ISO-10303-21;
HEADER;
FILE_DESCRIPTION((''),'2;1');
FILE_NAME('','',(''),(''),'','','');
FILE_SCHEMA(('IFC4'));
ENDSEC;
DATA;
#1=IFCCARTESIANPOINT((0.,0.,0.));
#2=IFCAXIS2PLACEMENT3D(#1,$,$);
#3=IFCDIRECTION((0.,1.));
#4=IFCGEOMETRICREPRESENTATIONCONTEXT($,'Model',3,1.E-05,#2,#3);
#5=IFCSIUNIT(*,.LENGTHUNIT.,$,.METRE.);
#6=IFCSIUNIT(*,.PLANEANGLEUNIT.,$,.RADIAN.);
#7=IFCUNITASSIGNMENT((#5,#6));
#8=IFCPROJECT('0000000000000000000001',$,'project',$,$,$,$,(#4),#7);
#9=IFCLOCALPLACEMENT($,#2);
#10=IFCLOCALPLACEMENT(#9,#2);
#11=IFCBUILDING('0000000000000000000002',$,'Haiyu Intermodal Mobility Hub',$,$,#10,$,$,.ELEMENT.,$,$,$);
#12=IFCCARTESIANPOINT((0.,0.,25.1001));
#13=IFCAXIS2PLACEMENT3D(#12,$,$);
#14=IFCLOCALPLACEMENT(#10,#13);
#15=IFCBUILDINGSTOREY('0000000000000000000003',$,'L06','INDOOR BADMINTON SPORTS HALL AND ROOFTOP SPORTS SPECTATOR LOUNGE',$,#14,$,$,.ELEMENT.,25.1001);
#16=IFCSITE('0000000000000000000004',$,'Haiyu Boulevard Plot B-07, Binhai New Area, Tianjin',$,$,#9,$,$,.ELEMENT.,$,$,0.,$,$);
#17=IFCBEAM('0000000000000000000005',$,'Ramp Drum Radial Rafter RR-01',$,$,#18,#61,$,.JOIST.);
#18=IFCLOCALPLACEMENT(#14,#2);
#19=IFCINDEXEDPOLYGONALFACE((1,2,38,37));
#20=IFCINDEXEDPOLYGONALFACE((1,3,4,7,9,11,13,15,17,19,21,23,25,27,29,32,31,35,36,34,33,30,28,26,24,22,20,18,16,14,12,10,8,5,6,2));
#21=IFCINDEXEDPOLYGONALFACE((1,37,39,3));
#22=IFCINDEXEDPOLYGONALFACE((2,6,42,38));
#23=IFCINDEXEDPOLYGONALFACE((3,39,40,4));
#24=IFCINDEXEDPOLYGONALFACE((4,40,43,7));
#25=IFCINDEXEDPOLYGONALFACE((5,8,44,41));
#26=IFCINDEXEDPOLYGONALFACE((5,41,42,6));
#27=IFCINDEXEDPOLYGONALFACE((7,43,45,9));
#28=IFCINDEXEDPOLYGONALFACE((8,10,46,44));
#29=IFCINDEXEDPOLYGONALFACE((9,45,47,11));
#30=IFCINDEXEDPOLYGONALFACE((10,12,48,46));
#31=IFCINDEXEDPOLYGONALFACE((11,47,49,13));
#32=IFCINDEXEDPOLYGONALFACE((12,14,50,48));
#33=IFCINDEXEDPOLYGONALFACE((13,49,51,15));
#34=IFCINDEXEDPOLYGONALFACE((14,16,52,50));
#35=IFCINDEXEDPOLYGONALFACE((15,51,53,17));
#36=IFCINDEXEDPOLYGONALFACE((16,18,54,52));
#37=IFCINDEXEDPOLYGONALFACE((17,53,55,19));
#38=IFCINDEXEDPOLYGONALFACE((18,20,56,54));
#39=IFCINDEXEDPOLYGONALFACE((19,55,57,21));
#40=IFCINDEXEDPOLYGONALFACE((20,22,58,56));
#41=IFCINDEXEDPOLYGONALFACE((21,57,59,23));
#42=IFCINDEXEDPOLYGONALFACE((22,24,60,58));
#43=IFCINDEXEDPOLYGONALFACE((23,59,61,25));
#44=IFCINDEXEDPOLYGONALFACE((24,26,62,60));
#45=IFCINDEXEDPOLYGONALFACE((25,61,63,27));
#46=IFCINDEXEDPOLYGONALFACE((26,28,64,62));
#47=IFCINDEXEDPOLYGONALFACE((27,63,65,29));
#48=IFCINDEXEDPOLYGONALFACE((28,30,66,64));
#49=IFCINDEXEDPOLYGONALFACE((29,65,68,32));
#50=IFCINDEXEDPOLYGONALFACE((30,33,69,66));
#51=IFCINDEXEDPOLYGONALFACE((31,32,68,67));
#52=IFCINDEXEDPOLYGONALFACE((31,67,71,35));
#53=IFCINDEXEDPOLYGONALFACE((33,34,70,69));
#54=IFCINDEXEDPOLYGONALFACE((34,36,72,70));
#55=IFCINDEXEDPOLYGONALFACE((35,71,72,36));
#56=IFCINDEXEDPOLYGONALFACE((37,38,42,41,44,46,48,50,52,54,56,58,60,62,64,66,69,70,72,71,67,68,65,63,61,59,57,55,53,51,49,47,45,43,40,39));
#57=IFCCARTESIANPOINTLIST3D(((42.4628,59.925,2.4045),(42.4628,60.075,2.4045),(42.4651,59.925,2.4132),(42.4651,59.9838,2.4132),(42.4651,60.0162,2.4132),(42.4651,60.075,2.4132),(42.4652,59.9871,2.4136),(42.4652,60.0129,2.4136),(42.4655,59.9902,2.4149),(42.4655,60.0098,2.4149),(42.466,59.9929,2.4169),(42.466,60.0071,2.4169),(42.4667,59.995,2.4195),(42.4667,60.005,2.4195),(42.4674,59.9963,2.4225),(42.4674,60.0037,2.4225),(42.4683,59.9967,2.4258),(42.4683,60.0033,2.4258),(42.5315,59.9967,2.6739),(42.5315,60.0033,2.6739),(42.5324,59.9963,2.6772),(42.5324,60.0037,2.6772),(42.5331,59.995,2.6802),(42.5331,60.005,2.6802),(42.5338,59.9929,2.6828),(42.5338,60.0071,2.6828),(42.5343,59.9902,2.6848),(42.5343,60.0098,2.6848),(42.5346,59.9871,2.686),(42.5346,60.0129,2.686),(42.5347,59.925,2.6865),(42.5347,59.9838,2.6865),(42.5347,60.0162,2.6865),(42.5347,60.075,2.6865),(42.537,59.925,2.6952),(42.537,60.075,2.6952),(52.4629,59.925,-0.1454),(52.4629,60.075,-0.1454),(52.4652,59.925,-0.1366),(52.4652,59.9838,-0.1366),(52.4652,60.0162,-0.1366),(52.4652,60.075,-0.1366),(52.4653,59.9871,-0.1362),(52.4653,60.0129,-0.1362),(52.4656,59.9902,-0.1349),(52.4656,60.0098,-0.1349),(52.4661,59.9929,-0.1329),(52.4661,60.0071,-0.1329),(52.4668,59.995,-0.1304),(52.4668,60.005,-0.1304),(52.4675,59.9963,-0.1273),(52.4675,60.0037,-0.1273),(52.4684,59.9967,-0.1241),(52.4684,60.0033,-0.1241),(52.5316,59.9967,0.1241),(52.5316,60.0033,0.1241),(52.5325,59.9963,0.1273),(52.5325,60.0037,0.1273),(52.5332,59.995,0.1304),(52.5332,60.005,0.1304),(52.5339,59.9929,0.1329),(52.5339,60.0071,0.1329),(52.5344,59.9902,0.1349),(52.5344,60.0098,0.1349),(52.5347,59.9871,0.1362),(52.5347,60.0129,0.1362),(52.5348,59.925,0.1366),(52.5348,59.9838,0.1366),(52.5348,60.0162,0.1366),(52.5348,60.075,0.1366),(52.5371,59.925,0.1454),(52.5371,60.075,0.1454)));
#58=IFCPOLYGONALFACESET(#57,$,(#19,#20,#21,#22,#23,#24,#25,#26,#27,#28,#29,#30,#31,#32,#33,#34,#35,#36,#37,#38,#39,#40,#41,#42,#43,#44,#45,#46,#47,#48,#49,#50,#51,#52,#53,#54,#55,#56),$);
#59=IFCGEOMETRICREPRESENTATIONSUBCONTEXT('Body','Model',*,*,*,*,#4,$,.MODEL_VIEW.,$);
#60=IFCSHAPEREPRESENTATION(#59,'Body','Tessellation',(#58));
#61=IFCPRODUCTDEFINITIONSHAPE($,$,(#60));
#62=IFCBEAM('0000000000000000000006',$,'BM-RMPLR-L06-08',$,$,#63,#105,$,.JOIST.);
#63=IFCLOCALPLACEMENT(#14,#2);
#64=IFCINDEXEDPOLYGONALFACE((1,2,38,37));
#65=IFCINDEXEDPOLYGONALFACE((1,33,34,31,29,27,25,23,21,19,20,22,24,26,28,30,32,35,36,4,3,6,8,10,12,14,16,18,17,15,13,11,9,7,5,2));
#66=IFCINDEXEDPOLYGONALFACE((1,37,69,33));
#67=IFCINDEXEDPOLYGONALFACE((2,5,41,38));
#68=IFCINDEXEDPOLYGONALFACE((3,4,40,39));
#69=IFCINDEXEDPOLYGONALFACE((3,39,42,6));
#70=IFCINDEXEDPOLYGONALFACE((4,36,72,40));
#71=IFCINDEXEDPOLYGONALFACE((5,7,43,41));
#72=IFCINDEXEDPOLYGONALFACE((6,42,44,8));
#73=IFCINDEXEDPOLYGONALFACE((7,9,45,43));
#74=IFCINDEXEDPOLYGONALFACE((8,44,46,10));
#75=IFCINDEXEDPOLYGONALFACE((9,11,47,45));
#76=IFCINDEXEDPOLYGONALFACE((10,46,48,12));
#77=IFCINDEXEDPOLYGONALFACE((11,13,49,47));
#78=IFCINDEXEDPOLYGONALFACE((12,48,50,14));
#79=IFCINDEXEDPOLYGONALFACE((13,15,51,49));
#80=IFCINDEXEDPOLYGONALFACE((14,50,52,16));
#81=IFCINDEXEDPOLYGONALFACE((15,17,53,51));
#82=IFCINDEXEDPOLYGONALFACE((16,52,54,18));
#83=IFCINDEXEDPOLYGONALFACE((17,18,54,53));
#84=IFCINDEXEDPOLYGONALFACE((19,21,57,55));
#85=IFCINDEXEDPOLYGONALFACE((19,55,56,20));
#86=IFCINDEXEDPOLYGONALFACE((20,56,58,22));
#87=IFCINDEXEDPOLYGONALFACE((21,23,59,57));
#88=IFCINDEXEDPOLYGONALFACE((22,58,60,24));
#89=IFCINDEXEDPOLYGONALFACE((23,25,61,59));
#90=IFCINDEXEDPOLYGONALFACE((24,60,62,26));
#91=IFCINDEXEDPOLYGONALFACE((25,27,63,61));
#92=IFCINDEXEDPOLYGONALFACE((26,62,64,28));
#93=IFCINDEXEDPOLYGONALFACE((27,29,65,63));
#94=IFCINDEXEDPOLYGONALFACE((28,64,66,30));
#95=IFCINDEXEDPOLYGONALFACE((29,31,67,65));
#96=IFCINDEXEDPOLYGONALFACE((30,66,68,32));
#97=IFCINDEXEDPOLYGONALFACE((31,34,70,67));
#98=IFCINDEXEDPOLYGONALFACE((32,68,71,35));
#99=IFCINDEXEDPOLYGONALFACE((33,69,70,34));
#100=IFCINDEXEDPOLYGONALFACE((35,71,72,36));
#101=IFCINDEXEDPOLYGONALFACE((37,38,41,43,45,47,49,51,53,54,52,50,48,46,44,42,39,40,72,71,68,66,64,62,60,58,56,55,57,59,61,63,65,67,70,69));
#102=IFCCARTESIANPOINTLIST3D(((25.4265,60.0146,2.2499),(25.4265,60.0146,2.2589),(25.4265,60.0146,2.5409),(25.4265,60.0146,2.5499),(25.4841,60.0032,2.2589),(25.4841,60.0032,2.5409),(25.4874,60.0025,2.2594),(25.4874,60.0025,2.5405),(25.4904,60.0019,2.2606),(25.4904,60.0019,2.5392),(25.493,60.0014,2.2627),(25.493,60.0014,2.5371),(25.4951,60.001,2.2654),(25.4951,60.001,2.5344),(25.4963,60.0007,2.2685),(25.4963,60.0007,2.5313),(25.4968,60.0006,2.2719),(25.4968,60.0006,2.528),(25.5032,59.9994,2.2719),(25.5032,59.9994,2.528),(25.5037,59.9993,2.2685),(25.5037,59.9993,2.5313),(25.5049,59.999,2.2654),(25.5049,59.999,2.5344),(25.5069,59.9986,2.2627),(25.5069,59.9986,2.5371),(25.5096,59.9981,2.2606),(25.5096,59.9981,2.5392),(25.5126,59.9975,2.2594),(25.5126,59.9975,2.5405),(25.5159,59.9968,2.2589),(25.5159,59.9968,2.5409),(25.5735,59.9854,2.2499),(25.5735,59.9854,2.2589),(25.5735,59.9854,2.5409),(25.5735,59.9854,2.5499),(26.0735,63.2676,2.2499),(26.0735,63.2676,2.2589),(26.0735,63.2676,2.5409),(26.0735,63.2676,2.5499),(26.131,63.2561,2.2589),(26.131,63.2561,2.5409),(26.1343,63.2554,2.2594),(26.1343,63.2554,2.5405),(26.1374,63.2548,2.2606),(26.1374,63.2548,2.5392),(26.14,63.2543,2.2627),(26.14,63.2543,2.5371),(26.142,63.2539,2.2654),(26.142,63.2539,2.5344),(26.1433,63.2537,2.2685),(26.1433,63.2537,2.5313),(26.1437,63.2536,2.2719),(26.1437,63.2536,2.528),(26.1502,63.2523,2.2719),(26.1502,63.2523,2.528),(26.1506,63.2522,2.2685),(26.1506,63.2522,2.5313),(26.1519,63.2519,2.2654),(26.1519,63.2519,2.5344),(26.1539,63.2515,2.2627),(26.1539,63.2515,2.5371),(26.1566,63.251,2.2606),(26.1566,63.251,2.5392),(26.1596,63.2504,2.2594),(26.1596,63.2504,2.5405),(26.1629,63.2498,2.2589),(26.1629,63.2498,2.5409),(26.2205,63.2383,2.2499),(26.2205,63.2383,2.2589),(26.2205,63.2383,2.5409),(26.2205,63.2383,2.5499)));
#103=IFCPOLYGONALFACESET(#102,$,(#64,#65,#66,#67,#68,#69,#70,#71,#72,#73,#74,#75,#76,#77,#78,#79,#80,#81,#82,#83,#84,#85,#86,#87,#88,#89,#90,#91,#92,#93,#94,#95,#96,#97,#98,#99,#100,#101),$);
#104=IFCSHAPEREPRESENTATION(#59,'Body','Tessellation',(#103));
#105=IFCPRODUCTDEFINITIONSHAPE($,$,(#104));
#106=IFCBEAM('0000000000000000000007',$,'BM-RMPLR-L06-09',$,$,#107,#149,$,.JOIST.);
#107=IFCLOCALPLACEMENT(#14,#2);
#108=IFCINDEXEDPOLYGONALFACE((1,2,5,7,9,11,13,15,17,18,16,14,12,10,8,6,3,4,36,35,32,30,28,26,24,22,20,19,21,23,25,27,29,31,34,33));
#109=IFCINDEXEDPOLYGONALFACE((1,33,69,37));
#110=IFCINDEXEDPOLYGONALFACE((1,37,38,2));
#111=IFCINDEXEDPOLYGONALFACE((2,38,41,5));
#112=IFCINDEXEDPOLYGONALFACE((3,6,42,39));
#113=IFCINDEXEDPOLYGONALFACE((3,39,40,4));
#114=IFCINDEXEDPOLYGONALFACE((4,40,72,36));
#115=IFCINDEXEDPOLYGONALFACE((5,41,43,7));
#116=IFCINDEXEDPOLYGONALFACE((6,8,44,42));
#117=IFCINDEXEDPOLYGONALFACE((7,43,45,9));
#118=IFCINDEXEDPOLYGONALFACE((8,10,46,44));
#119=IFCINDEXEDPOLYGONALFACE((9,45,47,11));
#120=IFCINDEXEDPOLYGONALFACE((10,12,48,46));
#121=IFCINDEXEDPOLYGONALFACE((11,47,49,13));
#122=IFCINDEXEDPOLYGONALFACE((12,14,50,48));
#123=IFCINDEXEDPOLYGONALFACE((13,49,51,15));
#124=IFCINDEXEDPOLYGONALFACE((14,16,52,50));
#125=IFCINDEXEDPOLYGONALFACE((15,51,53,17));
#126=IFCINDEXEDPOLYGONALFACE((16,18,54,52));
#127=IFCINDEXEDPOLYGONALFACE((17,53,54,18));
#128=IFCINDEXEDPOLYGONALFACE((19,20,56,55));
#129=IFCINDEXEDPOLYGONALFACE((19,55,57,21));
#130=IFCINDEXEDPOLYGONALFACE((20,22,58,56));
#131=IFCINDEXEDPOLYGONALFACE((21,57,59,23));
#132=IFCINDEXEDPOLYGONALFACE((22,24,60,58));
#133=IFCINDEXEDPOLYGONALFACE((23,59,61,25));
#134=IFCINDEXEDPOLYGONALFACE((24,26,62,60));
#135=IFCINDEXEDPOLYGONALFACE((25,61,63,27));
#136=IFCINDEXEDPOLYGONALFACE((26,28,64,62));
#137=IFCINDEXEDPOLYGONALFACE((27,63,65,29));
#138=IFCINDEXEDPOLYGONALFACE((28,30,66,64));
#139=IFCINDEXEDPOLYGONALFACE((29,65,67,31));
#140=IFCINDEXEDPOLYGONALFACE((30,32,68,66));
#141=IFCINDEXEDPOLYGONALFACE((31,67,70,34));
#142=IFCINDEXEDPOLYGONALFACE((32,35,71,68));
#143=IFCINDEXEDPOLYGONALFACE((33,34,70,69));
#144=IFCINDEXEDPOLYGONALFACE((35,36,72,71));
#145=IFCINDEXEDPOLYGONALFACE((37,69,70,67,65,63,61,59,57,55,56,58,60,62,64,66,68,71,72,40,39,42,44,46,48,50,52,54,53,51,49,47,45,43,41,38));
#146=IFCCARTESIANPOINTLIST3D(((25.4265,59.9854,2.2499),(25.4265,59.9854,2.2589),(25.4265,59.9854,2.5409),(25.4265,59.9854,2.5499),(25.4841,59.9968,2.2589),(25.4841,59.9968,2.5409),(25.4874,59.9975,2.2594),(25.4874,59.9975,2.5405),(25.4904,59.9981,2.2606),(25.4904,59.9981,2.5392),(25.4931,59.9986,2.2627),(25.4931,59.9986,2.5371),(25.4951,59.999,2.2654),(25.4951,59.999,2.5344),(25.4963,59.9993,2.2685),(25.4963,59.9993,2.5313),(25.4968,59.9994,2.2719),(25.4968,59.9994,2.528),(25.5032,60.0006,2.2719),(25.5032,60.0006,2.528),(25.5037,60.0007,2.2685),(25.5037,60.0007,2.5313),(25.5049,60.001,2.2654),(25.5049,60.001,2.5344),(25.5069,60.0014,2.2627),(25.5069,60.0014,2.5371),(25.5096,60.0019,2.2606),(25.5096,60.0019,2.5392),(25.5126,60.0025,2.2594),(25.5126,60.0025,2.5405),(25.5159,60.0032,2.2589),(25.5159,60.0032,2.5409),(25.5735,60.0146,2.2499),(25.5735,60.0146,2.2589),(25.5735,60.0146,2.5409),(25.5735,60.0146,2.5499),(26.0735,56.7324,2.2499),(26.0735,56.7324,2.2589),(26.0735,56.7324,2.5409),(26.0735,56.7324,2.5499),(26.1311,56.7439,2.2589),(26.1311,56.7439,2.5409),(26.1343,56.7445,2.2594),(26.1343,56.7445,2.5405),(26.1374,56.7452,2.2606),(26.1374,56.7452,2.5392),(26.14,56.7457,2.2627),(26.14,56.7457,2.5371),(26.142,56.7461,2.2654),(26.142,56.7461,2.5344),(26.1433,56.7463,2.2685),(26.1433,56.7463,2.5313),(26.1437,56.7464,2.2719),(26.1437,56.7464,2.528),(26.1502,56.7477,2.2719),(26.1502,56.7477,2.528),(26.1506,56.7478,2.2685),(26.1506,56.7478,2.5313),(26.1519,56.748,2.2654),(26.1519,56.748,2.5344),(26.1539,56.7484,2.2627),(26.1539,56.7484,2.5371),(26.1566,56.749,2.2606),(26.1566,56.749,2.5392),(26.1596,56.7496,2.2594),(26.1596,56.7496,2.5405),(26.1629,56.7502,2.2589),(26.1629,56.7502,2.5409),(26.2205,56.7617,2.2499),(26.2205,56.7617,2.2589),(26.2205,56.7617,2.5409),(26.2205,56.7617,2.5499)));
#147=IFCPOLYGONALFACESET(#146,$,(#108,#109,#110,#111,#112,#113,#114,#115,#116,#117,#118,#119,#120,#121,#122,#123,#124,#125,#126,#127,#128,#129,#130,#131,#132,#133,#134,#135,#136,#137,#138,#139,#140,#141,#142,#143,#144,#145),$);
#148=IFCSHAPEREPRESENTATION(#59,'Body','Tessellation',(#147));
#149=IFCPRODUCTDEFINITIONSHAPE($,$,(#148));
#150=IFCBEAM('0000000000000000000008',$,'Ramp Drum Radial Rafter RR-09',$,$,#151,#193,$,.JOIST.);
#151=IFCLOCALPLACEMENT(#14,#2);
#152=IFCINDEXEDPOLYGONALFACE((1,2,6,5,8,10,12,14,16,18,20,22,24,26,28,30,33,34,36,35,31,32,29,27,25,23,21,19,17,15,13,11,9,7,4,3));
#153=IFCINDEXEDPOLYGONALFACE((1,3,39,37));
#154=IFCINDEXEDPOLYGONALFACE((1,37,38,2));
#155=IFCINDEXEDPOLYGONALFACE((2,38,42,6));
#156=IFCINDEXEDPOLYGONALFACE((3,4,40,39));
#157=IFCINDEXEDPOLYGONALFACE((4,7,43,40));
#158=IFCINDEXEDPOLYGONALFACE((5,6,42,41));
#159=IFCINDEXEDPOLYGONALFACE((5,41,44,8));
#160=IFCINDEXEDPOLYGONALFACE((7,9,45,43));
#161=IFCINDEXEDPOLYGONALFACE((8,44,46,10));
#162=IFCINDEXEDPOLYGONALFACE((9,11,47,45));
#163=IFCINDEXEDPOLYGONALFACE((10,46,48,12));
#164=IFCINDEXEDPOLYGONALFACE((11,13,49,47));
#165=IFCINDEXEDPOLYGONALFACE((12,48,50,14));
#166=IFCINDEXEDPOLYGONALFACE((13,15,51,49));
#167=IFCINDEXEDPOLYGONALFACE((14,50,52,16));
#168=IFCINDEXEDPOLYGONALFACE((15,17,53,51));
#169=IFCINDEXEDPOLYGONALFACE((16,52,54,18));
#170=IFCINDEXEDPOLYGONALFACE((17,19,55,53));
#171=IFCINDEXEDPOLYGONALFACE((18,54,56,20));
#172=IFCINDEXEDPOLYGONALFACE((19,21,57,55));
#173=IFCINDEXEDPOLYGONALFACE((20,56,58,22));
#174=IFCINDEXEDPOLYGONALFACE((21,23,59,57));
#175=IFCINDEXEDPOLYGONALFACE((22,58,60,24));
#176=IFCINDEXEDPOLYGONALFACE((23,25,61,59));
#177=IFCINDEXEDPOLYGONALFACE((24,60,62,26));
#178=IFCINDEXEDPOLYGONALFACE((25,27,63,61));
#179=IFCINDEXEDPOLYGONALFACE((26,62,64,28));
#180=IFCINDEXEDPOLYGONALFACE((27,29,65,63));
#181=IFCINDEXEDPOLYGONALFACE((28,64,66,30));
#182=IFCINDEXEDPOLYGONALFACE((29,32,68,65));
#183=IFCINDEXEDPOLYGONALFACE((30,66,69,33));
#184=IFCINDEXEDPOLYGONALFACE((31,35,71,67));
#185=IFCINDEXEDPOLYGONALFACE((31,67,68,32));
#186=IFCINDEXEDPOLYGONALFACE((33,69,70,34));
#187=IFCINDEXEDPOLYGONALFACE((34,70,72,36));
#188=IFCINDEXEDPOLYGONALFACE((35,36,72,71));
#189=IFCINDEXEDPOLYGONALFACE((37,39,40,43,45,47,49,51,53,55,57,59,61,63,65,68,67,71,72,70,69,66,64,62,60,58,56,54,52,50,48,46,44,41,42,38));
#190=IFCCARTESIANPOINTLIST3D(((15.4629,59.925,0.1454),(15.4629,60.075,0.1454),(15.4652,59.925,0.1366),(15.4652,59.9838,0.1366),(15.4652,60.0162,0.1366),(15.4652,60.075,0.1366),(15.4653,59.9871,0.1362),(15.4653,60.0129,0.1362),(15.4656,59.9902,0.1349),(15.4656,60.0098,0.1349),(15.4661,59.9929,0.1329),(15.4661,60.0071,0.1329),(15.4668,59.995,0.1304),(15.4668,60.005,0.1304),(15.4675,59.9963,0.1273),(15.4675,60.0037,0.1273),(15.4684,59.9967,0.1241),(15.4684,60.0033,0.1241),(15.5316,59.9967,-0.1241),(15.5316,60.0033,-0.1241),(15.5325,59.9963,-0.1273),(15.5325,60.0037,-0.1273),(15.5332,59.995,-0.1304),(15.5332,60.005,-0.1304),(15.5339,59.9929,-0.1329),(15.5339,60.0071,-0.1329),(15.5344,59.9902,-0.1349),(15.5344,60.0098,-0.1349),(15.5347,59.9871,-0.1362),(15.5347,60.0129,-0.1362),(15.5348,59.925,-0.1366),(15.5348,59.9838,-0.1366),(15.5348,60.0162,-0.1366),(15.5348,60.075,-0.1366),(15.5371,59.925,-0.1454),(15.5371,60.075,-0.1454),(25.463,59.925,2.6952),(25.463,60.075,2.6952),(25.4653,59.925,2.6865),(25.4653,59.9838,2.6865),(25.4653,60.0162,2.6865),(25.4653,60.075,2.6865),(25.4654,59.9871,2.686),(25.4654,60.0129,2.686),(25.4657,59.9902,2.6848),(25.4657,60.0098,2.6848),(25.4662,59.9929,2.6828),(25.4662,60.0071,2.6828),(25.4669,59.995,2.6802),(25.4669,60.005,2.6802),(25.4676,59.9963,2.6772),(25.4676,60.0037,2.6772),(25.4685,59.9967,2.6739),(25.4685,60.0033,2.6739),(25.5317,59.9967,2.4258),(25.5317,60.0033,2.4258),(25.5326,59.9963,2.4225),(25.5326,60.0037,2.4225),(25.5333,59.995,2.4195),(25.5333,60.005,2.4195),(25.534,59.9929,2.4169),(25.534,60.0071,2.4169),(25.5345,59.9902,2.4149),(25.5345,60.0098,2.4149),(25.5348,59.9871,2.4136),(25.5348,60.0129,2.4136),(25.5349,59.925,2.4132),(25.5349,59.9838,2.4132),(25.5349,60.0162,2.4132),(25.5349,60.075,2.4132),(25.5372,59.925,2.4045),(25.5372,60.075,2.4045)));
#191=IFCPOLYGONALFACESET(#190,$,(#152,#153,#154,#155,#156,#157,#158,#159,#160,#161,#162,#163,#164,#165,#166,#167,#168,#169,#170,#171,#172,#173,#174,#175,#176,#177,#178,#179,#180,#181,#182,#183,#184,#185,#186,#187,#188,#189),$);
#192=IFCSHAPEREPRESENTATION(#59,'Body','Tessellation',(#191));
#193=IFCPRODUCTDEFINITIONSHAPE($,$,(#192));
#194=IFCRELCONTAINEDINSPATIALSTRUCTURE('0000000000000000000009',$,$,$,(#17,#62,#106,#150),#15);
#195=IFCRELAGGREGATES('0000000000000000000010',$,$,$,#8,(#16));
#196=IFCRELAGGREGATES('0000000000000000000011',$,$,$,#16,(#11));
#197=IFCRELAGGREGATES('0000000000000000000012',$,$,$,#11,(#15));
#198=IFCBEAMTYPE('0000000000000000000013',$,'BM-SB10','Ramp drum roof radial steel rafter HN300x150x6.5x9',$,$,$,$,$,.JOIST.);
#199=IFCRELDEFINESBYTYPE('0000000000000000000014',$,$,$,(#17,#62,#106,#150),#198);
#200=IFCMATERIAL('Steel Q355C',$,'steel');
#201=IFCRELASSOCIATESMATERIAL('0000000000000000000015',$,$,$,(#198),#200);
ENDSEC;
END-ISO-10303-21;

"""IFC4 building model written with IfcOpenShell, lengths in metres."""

from ifc_helpers import new_model, si_unit, direction, frame, origin, origin_2d, place, context, subcontext, project, spatial, i_section, extrude, material, material_profile, profile_set, type_object, element, save


model = new_model("IFC4")

# Units and contexts
model_context = context("Model", 3, precision=1e-05, world=origin(), true_north=direction((0.0, 1.0)))
body_context = subcontext(model_context, "Body", "Model", "MODEL_VIEW")
ifc_project = project(units=[si_unit("LENGTHUNIT", "METRE"), si_unit("PLANEANGLEUNIT", "RADIAN")], contexts=[model_context])

# Site, building, storey
site_placement = place(None, origin())
site = spatial("IfcSite", under=ifc_project, at=site_placement, Name="Haiyu Boulevard Plot B-07, Binhai New Area, Tianjin", CompositionType="ELEMENT", RefElevation=0.0)
building_placement = place(site_placement, origin())
building = spatial("IfcBuilding", under=site, at=building_placement, Name="Haiyu Intermodal Mobility Hub", CompositionType="ELEMENT")
storey_placement = place(building_placement, frame((0.0, 0.0, 25.1001)))
storey = spatial("IfcBuildingStorey", under=building, at=storey_placement, Name="L06", Description="INDOOR BADMINTON SPORTS HALL AND ROOFTOP SPORTS SPECTATOR LOUNGE", CompositionType="ELEMENT", Elevation=25.1001)

# Shared definitions
ifc_material_1 = material(Name="Steel Q355C", Category="steel")

# Beams
ifc_material_profile_1 = material_profile(ifc_material_1, i_section(OverallWidth=0.1499, OverallDepth=0.3, WebThickness=0.0066, FlangeThickness=0.009, FilletRadius=0.0129, at=origin_2d()), Name="HN300x150x6.5x9")
ifc_profile_set_1 = profile_set([ifc_material_profile_1], Name="Steel Q355C")
beam_type_1 = type_object("IfcBeamType", Name="BM-SB10", Description="Ramp drum roof radial steel rafter HN300x150x6.5x9", PredefinedType="JOIST", material=ifc_profile_set_1)
beam_1_placement = place(storey_placement, frame((52.5, 60.0, 0.0), z_axis=(-0.968996, 0.0, 0.247075), x_axis=(0.0, -1.0, 0.0)))
element("IfcBeam", 1, at=beam_1_placement, inside=storey, type_object=beam_type_1, Name="Ramp Drum Radial Rafter RR-01", PredefinedType="JOIST", context=body_context, shape_type="SweptSolid", body=[
    extrude(i_section(OverallWidth=0.1499, OverallDepth=0.3, WebThickness=0.0066, FlangeThickness=0.009, FilletRadius=0.0129, at=origin_2d()), origin(), (0.0, 0.0, 1.0), 10.3201),
])
for number, where, z_axis, x_axis, name in (
    (2, (26.147, 63.2529, 2.3999), (-0.195068, -0.98079, 0.0), (0.98079, -0.195068, 0.0), "BM-RMPLR-L06-08"),
    (3, (25.5, 60.0, 2.3999), (0.195068, -0.98079, 0.0), (0.98079, 0.195068, 0.0), "BM-RMPLR-L06-09"),
):
    element("IfcBeam", number, at=place(storey_placement, frame(where, z_axis=z_axis, x_axis=x_axis)), inside=storey, type_object=beam_type_1, Name=name, PredefinedType="JOIST", context=body_context, shape_type="SweptSolid", body=[
        extrude(i_section(OverallWidth=0.1499, OverallDepth=0.3, WebThickness=0.0066, FlangeThickness=0.009, FilletRadius=0.0129, at=origin_2d()), origin(), (0.0, 0.0, 1.0), 3.3167),
    ])
beam_2_placement = place(storey_placement, frame((15.5, 60.0, 0.0), z_axis=(0.968996, 0.0, 0.247075), x_axis=(0.0, 1.0, 0.0)))
element("IfcBeam", 4, at=beam_2_placement, inside=storey, type_object=beam_type_1, Name="Ramp Drum Radial Rafter RR-09", PredefinedType="JOIST", context=body_context, shape_type="SweptSolid", body=[
    extrude(i_section(OverallWidth=0.1499, OverallDepth=0.3, WebThickness=0.0066, FlangeThickness=0.009, FilletRadius=0.0129, at=origin_2d()), origin(), (0.0, 0.0, 1.0), 10.3201),
])

save(model, "model.ifc")
